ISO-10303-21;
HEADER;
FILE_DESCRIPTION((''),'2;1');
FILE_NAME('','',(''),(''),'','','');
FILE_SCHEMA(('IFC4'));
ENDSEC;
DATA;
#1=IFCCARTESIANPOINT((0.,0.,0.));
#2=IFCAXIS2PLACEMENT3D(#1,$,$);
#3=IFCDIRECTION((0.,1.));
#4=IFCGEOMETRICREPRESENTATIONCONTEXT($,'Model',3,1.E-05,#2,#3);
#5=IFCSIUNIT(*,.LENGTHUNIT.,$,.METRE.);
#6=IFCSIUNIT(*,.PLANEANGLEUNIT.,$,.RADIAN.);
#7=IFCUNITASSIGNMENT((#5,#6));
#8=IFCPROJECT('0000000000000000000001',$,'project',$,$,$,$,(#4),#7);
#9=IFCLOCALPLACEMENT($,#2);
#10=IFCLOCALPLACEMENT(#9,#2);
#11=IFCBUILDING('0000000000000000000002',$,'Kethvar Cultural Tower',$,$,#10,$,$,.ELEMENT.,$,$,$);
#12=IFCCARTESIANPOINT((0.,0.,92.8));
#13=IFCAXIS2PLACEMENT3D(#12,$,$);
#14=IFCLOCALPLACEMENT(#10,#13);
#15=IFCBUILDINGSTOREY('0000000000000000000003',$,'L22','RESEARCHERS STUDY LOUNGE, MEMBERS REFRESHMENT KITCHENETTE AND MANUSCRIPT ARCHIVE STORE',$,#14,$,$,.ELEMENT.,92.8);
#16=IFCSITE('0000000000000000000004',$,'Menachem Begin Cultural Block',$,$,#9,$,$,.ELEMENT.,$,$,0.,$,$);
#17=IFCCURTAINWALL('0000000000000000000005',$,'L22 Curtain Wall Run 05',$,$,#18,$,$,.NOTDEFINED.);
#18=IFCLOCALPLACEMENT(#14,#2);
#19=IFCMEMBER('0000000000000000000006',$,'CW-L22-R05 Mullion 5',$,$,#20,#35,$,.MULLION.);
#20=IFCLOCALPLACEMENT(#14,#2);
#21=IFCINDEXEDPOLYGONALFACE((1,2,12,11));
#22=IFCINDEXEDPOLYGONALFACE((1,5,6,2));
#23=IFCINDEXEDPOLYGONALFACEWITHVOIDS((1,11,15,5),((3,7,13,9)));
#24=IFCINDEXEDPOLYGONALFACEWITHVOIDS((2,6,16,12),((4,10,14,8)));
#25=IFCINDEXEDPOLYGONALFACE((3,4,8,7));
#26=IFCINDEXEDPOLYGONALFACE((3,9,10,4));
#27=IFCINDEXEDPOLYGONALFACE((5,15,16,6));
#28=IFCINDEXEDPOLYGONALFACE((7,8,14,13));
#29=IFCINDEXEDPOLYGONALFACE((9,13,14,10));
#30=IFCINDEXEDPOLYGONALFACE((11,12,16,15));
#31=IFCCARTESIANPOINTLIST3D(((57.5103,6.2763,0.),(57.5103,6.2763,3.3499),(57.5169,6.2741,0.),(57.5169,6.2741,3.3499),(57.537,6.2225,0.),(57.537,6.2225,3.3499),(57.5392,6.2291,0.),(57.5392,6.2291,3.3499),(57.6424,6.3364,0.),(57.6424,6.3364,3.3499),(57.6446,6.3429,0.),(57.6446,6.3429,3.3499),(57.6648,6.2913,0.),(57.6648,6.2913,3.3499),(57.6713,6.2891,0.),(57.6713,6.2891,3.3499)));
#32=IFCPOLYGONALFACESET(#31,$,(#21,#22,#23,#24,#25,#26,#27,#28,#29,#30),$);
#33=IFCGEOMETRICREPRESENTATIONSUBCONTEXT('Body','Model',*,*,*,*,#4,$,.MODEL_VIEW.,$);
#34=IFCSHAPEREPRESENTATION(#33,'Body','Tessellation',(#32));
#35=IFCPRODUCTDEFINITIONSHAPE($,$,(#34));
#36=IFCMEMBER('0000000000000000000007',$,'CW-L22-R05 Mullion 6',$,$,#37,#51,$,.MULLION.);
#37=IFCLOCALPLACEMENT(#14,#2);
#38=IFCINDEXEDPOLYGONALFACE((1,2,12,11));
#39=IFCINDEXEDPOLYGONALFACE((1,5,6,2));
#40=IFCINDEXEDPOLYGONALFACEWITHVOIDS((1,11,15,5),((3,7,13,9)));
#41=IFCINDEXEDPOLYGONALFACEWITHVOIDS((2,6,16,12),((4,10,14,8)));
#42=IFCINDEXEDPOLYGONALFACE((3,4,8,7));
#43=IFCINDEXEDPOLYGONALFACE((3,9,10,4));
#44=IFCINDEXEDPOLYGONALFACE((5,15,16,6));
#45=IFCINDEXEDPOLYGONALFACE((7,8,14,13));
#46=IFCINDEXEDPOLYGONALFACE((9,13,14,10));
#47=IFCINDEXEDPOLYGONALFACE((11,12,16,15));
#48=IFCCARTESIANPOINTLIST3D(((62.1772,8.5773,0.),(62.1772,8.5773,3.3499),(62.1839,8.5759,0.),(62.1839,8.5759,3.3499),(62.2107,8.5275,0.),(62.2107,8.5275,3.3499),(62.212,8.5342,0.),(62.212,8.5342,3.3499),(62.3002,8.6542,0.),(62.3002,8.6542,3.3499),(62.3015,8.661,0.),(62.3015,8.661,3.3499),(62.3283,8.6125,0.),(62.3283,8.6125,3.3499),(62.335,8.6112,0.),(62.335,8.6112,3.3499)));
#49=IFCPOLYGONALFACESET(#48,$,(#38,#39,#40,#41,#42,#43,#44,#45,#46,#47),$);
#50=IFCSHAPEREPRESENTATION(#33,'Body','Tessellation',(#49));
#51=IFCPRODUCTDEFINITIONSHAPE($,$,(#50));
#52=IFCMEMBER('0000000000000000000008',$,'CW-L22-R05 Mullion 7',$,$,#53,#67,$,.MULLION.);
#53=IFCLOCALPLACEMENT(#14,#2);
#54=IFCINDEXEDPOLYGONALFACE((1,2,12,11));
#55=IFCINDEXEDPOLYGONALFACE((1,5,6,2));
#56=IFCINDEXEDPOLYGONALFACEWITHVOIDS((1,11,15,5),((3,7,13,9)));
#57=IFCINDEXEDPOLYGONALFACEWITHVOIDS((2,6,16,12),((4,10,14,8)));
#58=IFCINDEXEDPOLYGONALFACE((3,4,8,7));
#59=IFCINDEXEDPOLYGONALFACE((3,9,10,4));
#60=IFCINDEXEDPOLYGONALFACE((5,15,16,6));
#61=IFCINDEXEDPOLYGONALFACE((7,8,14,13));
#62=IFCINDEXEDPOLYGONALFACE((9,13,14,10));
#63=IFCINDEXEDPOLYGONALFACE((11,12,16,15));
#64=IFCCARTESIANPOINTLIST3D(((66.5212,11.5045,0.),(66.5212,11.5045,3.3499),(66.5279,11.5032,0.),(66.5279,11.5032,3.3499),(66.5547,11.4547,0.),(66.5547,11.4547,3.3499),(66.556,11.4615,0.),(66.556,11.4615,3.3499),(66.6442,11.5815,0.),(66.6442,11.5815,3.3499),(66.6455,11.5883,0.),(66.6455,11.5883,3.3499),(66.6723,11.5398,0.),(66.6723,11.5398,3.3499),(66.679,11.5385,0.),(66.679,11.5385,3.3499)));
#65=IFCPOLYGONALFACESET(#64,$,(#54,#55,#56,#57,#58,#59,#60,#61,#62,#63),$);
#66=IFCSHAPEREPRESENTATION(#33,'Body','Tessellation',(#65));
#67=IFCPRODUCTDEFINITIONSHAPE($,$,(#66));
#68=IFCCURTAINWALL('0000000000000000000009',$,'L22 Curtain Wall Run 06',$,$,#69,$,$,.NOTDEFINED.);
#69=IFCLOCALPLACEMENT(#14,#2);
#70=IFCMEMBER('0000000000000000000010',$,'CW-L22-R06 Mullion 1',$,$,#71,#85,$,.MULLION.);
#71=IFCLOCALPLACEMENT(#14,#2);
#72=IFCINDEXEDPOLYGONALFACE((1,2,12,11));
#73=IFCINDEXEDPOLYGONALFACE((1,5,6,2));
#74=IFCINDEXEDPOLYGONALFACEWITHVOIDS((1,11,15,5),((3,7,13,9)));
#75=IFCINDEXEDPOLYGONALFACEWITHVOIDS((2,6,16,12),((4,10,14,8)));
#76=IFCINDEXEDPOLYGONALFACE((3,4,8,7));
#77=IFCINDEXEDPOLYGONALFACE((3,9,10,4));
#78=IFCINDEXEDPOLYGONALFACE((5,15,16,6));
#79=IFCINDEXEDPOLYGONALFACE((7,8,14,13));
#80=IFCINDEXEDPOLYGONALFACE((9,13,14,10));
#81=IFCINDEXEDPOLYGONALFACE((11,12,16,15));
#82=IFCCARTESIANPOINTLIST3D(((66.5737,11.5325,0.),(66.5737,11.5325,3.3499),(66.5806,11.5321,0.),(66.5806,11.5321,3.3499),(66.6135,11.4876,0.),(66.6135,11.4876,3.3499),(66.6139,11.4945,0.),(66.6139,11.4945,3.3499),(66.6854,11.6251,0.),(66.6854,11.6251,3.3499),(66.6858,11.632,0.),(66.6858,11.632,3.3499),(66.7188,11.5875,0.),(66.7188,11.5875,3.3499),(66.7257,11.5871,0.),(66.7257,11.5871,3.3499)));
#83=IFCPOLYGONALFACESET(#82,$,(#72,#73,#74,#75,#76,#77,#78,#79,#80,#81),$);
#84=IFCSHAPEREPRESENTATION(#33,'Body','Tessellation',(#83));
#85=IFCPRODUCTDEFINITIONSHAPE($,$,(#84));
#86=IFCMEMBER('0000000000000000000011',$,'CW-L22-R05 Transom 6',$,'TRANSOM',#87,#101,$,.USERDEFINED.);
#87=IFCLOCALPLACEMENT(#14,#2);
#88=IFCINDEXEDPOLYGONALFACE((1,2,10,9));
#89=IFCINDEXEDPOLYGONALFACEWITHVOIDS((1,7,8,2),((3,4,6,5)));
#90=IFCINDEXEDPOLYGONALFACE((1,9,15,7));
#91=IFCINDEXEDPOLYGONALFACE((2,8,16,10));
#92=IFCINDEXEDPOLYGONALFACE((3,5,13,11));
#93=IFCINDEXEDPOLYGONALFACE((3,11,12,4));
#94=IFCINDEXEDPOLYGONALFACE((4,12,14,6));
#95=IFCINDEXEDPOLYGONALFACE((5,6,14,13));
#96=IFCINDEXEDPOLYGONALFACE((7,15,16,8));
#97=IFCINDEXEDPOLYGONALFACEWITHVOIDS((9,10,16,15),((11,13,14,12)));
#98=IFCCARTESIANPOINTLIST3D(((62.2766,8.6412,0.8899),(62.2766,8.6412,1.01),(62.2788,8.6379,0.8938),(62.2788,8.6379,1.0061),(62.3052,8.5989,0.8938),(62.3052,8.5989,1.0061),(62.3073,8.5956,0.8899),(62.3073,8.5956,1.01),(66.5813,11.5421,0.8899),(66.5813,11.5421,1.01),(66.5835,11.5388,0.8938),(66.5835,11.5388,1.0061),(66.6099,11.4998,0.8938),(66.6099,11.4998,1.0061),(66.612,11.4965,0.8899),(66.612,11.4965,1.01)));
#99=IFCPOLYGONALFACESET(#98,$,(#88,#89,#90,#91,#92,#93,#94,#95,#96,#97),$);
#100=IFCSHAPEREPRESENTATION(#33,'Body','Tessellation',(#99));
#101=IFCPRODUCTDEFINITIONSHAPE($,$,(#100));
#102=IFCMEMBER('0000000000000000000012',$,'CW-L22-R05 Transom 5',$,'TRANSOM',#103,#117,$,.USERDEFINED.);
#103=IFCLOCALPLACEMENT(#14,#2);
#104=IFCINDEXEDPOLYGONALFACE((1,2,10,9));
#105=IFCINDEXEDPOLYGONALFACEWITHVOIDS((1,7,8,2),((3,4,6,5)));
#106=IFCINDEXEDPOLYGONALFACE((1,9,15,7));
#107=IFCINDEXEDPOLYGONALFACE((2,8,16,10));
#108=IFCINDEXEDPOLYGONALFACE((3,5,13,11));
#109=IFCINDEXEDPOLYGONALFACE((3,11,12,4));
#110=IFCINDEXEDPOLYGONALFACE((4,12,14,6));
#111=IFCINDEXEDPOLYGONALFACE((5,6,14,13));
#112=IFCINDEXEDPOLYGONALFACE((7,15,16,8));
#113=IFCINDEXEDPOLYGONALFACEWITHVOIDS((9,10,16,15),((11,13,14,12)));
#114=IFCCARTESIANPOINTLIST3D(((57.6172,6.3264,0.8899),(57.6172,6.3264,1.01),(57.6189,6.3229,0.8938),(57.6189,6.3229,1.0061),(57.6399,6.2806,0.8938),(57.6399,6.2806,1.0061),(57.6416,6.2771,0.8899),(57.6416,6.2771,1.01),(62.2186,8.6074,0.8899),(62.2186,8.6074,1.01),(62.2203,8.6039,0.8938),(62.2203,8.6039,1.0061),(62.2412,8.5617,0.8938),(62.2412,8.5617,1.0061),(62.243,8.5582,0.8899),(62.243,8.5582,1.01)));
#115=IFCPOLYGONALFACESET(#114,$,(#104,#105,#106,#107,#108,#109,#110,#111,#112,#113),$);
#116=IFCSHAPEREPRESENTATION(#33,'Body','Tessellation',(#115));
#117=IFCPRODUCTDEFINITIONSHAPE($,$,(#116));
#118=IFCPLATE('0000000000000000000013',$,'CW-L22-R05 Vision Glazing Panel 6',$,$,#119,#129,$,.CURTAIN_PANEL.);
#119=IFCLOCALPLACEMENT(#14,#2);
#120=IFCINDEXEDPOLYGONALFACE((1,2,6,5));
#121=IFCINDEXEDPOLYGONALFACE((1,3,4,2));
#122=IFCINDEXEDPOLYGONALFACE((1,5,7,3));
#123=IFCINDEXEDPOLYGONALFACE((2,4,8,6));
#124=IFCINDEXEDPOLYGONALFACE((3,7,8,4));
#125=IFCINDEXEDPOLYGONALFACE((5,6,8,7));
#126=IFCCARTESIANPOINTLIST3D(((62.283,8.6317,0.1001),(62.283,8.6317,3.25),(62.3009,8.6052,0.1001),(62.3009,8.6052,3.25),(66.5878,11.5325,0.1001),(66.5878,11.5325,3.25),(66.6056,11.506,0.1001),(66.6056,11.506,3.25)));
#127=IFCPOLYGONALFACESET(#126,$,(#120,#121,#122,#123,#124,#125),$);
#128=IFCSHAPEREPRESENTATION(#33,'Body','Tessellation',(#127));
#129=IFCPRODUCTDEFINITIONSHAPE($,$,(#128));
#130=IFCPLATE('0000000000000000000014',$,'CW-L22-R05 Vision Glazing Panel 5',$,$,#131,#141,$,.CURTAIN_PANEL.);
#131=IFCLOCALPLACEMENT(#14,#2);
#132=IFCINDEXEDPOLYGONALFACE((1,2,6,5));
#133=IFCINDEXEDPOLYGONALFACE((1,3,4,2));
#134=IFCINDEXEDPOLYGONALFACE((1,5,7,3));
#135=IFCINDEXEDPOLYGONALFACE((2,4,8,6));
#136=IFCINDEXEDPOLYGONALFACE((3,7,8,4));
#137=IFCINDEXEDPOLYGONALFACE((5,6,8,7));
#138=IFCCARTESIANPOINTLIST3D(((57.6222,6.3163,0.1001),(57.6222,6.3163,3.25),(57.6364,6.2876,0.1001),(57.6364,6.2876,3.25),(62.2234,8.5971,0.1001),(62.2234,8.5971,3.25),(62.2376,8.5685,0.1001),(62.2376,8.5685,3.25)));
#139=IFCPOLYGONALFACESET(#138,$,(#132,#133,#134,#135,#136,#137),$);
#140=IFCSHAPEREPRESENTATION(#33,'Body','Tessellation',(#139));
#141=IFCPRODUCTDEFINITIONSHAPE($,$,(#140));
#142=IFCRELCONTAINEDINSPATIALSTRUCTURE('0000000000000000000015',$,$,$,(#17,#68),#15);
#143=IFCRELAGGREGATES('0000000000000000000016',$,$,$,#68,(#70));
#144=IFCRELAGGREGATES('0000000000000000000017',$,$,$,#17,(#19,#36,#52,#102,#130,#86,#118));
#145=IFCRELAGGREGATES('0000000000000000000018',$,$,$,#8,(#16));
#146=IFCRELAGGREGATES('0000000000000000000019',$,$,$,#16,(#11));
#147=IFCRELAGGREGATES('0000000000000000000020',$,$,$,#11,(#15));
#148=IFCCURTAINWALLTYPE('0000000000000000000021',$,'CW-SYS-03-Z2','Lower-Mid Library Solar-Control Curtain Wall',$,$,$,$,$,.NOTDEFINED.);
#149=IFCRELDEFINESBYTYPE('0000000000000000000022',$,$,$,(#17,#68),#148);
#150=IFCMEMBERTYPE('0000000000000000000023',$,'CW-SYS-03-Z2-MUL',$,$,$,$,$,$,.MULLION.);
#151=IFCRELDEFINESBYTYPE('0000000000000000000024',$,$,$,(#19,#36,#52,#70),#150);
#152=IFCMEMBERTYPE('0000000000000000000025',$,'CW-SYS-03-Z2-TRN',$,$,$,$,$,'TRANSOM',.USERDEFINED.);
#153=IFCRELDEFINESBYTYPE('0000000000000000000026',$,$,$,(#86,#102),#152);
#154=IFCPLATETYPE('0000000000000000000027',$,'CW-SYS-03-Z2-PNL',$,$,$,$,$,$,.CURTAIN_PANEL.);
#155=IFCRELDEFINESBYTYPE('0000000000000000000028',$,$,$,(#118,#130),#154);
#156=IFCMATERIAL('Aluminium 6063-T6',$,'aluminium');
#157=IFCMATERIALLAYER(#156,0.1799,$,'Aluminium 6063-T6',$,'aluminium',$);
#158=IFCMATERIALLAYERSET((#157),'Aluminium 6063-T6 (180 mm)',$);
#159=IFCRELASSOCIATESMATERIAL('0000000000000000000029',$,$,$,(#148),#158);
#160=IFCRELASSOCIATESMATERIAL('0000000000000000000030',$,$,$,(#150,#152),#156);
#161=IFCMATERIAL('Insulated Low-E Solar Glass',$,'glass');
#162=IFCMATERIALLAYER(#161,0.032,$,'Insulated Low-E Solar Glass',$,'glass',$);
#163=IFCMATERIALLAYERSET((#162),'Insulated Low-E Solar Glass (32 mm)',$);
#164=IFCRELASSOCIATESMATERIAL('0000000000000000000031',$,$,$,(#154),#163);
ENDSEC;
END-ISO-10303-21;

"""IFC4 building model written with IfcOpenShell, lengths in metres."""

from ifc_helpers import new_model, si_unit, direction, frame, origin, origin_2d, place, context, subcontext, project, spatial, rectangle, hollow_rectangle, extrude, source, transform, mapped, material, layer, layer_set, material_profile, profile_set, type_object, element, aggregate, save


model = new_model("IFC4")

# Units and contexts
model_context = context("Model", 3, precision=1e-05, world=origin(), true_north=direction((0.0, 1.0)))
body_context = subcontext(model_context, "Body", "Model", "MODEL_VIEW")
ifc_project = project(units=[si_unit("LENGTHUNIT", "METRE"), si_unit("PLANEANGLEUNIT", "RADIAN")], contexts=[model_context])

# Site, building, storey
site_placement = place(None, origin())
site = spatial("IfcSite", under=ifc_project, at=site_placement, Name="Menachem Begin Cultural Block", CompositionType="ELEMENT", RefElevation=0.0)
building_placement = place(site_placement, origin())
building = spatial("IfcBuilding", under=site, at=building_placement, Name="Kethvar Cultural Tower", CompositionType="ELEMENT")
storey_placement = place(building_placement, frame((0.0, 0.0, 92.8)))
storey = spatial("IfcBuildingStorey", under=building, at=storey_placement, Name="L22", Description="RESEARCHERS STUDY LOUNGE, MEMBERS REFRESHMENT KITCHENETTE AND MANUSCRIPT ARCHIVE STORE", CompositionType="ELEMENT", Elevation=92.8)

# Curtain wall, members
ifc_material_1 = material(Name="Aluminium 6063-T6", Category="aluminium")
ifc_layer_1 = layer(ifc_material_1, 0.1799, Name="Aluminium 6063-T6", Category="aluminium")
ifc_layer_set_1 = layer_set([ifc_layer_1], Name="Aluminium 6063-T6 (180 mm)")
curtain_wall_type = type_object("IfcCurtainWallType", Name="CW-SYS-03-Z2", Description="Lower-Mid Library Solar-Control Curtain Wall", PredefinedType="NOTDEFINED", material=ifc_layer_set_1)
curtain_wall_1_placement = place(storey_placement, origin())
curtain_wall_1 = element("IfcCurtainWall", 1, at=curtain_wall_1_placement, inside=storey, type_object=curtain_wall_type, Name="L22 Curtain Wall Run 05", PredefinedType="NOTDEFINED")
ifc_material_profile_1 = material_profile(ifc_material_1, hollow_rectangle(XDim=0.0601, YDim=0.1499, WallThickness=0.0049, at=origin_2d()), Name="Aluminium 6063-T6 — RHS150x60x5")
ifc_profile_set_1 = profile_set([ifc_material_profile_1], Name="Aluminium 6063-T6 — RHS150x60x5")
member_type_1 = type_object("IfcMemberType", Name="CW-SYS-03-Z2-MUL", PredefinedType="MULLION", material=ifc_profile_set_1)
shared_shape_1 = source(origin(), body_context, "Body", "SweptSolid", [
    extrude(hollow_rectangle(XDim=0.0601, YDim=0.1499, WallThickness=0.0049, at=origin_2d()), origin(), (0.0, 0.0, 1.0), 3.3499),
])
member_1_placement = place(storey_placement, frame((57.5908, 6.2827, 0.0), z_axis=(0.0, 0.0, 1.0), x_axis=(-0.444135, 0.89596, 0.0)))
member_1 = element("IfcMember", 2, at=member_1_placement, type_object=member_type_1, Name="CW-L22-R05 Mullion 5", PredefinedType="MULLION", context=body_context, shape_type="MappedRepresentation", body=[
    mapped(shared_shape_1, transform((0.0, 0.0, 0.0), scale=1.0)),
])
member_2_placement = place(storey_placement, frame((62.2561, 8.5942, 0.0), z_axis=(0.0, 0.0, 1.0), x_axis=(-0.558831, 0.829281, 0.0)))
member_2 = element("IfcMember", 3, at=member_2_placement, type_object=member_type_1, Name="CW-L22-R05 Mullion 6", PredefinedType="MULLION", context=body_context, shape_type="MappedRepresentation", body=[
    mapped(shared_shape_1, transform((0.0, 0.0, 0.0), scale=1.0)),
])
member_3_placement = place(storey_placement, frame((66.6001, 11.5215, 0.0), z_axis=(0.0, 0.0, 1.0), x_axis=(-0.558831, 0.829281, 0.0)))
member_3 = element("IfcMember", 4, at=member_3_placement, type_object=member_type_1, Name="CW-L22-R05 Mullion 7", PredefinedType="MULLION", context=body_context, shape_type="MappedRepresentation", body=[
    mapped(shared_shape_1, transform((0.0, 0.0, 0.0), scale=1.0)),
])

# Curtain wall, member
curtain_wall_2_placement = place(storey_placement, origin())
curtain_wall_2 = element("IfcCurtainWall", 5, at=curtain_wall_2_placement, inside=storey, type_object=curtain_wall_type, Name="L22 Curtain Wall Run 06", PredefinedType="NOTDEFINED")
member_4_placement = place(storey_placement, frame((66.6497, 11.5598, 0.0), z_axis=(0.0, 0.0, 1.0), x_axis=(-0.663574, 0.748111, 0.0)))
member_4 = element("IfcMember", 6, at=member_4_placement, type_object=member_type_1, Name="CW-L22-R06 Mullion 1", PredefinedType="MULLION", context=body_context, shape_type="MappedRepresentation", body=[
    mapped(shared_shape_1, transform((0.0, 0.0, 0.0), scale=1.0)),
])
aggregate(curtain_wall_2, [member_4])

# Members
ifc_material_profile_2 = material_profile(ifc_material_1, hollow_rectangle(XDim=0.0549, YDim=0.1201, WallThickness=0.0039, at=origin_2d()), Name="Aluminium 6063-T6 — RHS120x55x4")
ifc_profile_set_2 = profile_set([ifc_material_profile_2], Name="Aluminium 6063-T6 — RHS120x55x4")
member_type_2 = type_object("IfcMemberType", Name="CW-SYS-03-Z2-TRN", ElementType="TRANSOM", PredefinedType="USERDEFINED", material=ifc_profile_set_2)
shared_shape_2 = source(origin(), body_context, "Body", "SweptSolid", [
    extrude(hollow_rectangle(XDim=0.0549, YDim=0.1201, WallThickness=0.0039, at=origin_2d()), origin(), (0.0, 0.0, 1.0), 5.1909),
])
member_5_placement = place(storey_placement, frame((62.292, 8.6184, 0.95), z_axis=(0.829276, 0.558839, 0.0), x_axis=(-0.558839, 0.829276, 0.0)))
member_5 = element("IfcMember", 7, at=member_5_placement, type_object=member_type_2, Name="CW-L22-R05 Transom 6", ObjectType="TRANSOM", PredefinedType="USERDEFINED", context=body_context, shape_type="MappedRepresentation", body=[
    mapped(shared_shape_2, transform((0.0, 0.0, 0.0), scale=1.0)),
])
shared_shape_3 = source(origin(), body_context, "Body", "SweptSolid", [
    extrude(hollow_rectangle(XDim=0.0549, YDim=0.1201, WallThickness=0.0039, at=origin_2d()), origin(), (0.0, 0.0, 1.0), 5.1357),
])
member_6_placement = place(storey_placement, frame((57.6294, 6.3018, 0.95), z_axis=(0.895953, 0.44415, 0.0), x_axis=(-0.44415, 0.895953, 0.0)))
member_6 = element("IfcMember", 8, at=member_6_placement, type_object=member_type_2, Name="CW-L22-R05 Transom 5", ObjectType="TRANSOM", PredefinedType="USERDEFINED", context=body_context, shape_type="MappedRepresentation", body=[
    mapped(shared_shape_3, transform((0.0, 0.0, 0.0), scale=1.0)),
])

# Plates
ifc_material_2 = material(Name="Insulated Low-E Solar Glass", Category="glass")
ifc_layer_2 = layer(ifc_material_2, 0.032, Name="Insulated Low-E Solar Glass", Category="glass")
ifc_layer_set_2 = layer_set([ifc_layer_2], Name="Insulated Low-E Solar Glass (32 mm)")
plate_type = type_object("IfcPlateType", Name="CW-SYS-03-Z2-PNL", PredefinedType="CURTAIN_PANEL", material=ifc_layer_set_2)
shared_shape_4 = source(origin(), body_context, "Body", "SweptSolid", [
    extrude(rectangle(XDim=5.1909, YDim=0.032, at=origin_2d()), origin(), (0.0, 0.0, 1.0), 3.1499),
])
plate_1_placement = place(storey_placement, frame((64.4443, 10.0688, 0.1001), z_axis=(0.0, 0.0, 1.0), x_axis=(0.829281, 0.558831, 0.0)))
plate_1 = element("IfcPlate", 9, at=plate_1_placement, type_object=plate_type, Name="CW-L22-R05 Vision Glazing Panel 6", PredefinedType="CURTAIN_PANEL", context=body_context, shape_type="MappedRepresentation", body=[
    mapped(shared_shape_4, transform((0.0, 0.0, 0.0), scale=1.0)),
])
shared_shape_5 = source(origin(), body_context, "Body", "SweptSolid", [
    extrude(rectangle(XDim=5.1355, YDim=0.032, at=origin_2d()), origin(), (0.0, 0.0, 1.0), 3.1499),
])
plate_2_placement = place(storey_placement, frame((59.9299, 7.4424, 0.1001), z_axis=(0.0, 0.0, 1.0), x_axis=(0.89596, 0.444135, 0.0)))
plate_2 = element("IfcPlate", 10, at=plate_2_placement, type_object=plate_type, Name="CW-L22-R05 Vision Glazing Panel 5", PredefinedType="CURTAIN_PANEL", context=body_context, shape_type="MappedRepresentation", body=[
    mapped(shared_shape_5, transform((0.0, 0.0, 0.0), scale=1.0)),
])
aggregate(curtain_wall_1, [member_1, member_2, member_3, member_6, plate_2, member_5, plate_1])

save(model, "model.ifc")
